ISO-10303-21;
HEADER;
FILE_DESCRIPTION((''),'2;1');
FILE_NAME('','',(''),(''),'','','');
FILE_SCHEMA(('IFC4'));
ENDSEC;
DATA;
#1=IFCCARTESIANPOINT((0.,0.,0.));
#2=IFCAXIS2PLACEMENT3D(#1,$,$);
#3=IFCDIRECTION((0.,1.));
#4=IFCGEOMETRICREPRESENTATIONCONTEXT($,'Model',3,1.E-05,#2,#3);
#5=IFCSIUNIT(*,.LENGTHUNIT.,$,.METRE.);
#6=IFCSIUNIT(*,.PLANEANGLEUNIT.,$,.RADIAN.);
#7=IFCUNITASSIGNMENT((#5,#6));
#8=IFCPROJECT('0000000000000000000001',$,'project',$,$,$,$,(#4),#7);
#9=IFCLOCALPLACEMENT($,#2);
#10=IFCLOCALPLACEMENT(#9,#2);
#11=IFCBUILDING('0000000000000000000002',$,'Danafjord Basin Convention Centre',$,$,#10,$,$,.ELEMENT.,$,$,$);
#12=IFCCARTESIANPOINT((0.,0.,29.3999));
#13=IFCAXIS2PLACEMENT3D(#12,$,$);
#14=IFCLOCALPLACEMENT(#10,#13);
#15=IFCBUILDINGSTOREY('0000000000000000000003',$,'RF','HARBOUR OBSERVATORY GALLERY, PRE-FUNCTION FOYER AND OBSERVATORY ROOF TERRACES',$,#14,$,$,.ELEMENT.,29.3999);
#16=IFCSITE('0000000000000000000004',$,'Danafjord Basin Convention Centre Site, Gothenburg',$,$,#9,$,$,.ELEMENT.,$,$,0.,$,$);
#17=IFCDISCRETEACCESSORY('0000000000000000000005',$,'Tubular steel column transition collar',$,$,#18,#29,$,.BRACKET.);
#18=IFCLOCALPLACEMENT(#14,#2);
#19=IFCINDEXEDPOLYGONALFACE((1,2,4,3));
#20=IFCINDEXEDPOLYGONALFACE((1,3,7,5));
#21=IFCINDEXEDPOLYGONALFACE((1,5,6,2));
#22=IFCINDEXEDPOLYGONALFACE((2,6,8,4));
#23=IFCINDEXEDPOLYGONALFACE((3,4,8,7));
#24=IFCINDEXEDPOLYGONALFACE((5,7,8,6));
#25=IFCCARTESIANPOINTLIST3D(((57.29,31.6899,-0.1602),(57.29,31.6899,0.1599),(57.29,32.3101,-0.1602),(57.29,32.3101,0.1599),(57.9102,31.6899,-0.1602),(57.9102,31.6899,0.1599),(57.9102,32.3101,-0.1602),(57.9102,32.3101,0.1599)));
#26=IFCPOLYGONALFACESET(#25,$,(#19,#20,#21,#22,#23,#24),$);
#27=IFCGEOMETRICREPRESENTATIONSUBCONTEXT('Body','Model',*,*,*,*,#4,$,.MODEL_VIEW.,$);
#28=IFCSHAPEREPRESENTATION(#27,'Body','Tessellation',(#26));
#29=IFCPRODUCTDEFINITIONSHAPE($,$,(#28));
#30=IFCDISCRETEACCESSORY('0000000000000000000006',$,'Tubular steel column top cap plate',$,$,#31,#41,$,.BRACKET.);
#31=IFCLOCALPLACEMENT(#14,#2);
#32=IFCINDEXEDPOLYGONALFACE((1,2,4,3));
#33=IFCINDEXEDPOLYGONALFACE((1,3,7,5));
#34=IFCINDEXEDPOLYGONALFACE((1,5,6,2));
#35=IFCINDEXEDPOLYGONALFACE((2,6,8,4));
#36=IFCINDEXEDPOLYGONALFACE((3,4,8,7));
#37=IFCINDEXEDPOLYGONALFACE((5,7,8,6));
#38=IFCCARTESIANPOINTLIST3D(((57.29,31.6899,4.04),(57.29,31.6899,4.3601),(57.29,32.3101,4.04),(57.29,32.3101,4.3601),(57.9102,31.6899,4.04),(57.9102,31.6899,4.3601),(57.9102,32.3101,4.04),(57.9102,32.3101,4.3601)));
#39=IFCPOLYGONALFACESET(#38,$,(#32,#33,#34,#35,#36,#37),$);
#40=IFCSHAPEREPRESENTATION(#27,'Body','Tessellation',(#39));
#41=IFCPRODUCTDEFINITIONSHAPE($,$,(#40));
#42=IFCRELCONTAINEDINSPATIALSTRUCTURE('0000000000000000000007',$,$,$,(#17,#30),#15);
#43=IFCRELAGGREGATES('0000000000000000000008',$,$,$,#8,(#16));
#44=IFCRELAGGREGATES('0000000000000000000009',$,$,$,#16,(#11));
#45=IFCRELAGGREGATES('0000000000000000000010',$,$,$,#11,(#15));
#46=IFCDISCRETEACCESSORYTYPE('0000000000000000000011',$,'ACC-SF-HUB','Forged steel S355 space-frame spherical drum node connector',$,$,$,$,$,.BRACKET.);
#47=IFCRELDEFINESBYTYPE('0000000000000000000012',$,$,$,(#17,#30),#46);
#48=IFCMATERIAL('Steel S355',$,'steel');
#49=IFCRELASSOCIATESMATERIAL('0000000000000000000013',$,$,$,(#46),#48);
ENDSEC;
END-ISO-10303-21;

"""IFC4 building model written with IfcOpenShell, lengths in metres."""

from ifc_helpers import new_model, si_unit, direction, frame, origin, origin_2d, place, context, subcontext, project, spatial, rectangle, extrude, material, type_object, element, save


model = new_model("IFC4")

# Units and contexts
model_context = context("Model", 3, precision=1e-05, world=origin(), true_north=direction((0.0, 1.0)))
body_context = subcontext(model_context, "Body", "Model", "MODEL_VIEW")
ifc_project = project(units=[si_unit("LENGTHUNIT", "METRE"), si_unit("PLANEANGLEUNIT", "RADIAN")], contexts=[model_context])

# Site, building, storey
site_placement = place(None, origin())
site = spatial("IfcSite", under=ifc_project, at=site_placement, Name="Danafjord Basin Convention Centre Site, Gothenburg", CompositionType="ELEMENT", RefElevation=0.0)
building_placement = place(site_placement, origin())
building = spatial("IfcBuilding", under=site, at=building_placement, Name="Danafjord Basin Convention Centre", CompositionType="ELEMENT")
storey_placement = place(building_placement, frame((0.0, 0.0, 29.3999)))
storey = spatial("IfcBuildingStorey", under=building, at=storey_placement, Name="RF", Description="HARBOUR OBSERVATORY GALLERY, PRE-FUNCTION FOYER AND OBSERVATORY ROOF TERRACES", CompositionType="ELEMENT", Elevation=29.3999)

# Shared definitions
ifc_material_1 = material(Name="Steel S355", Category="steel")

# Discrete accessories
discrete_accessory_type = type_object("IfcDiscreteAccessoryType", Name="ACC-SF-HUB", Description="Forged steel S355 space-frame spherical drum node connector", PredefinedType="BRACKET", material=ifc_material_1)
for number, where, z_axis, x_axis, name in (
    (1, (57.6001, 32.0, -0.1602), (0.0, 0.0, 1.0), (1.0, 0.0, 0.0), "Tubular steel column transition collar"),
    (2, (57.6001, 32.0, 4.04), (0.0, 0.0, 1.0), (1.0, 0.0, 0.0), "Tubular steel column top cap plate"),
):
    element("IfcDiscreteAccessory", number, at=place(storey_placement, frame(where, z_axis=z_axis, x_axis=x_axis)), inside=storey, type_object=discrete_accessory_type, Name=name, PredefinedType="BRACKET", context=body_context, shape_type="SweptSolid", body=[
        extrude(rectangle(XDim=0.6201, YDim=0.6201, at=origin_2d()), origin(), (0.0, 0.0, 1.0), 0.3201),
    ])

save(model, "model.ifc")
